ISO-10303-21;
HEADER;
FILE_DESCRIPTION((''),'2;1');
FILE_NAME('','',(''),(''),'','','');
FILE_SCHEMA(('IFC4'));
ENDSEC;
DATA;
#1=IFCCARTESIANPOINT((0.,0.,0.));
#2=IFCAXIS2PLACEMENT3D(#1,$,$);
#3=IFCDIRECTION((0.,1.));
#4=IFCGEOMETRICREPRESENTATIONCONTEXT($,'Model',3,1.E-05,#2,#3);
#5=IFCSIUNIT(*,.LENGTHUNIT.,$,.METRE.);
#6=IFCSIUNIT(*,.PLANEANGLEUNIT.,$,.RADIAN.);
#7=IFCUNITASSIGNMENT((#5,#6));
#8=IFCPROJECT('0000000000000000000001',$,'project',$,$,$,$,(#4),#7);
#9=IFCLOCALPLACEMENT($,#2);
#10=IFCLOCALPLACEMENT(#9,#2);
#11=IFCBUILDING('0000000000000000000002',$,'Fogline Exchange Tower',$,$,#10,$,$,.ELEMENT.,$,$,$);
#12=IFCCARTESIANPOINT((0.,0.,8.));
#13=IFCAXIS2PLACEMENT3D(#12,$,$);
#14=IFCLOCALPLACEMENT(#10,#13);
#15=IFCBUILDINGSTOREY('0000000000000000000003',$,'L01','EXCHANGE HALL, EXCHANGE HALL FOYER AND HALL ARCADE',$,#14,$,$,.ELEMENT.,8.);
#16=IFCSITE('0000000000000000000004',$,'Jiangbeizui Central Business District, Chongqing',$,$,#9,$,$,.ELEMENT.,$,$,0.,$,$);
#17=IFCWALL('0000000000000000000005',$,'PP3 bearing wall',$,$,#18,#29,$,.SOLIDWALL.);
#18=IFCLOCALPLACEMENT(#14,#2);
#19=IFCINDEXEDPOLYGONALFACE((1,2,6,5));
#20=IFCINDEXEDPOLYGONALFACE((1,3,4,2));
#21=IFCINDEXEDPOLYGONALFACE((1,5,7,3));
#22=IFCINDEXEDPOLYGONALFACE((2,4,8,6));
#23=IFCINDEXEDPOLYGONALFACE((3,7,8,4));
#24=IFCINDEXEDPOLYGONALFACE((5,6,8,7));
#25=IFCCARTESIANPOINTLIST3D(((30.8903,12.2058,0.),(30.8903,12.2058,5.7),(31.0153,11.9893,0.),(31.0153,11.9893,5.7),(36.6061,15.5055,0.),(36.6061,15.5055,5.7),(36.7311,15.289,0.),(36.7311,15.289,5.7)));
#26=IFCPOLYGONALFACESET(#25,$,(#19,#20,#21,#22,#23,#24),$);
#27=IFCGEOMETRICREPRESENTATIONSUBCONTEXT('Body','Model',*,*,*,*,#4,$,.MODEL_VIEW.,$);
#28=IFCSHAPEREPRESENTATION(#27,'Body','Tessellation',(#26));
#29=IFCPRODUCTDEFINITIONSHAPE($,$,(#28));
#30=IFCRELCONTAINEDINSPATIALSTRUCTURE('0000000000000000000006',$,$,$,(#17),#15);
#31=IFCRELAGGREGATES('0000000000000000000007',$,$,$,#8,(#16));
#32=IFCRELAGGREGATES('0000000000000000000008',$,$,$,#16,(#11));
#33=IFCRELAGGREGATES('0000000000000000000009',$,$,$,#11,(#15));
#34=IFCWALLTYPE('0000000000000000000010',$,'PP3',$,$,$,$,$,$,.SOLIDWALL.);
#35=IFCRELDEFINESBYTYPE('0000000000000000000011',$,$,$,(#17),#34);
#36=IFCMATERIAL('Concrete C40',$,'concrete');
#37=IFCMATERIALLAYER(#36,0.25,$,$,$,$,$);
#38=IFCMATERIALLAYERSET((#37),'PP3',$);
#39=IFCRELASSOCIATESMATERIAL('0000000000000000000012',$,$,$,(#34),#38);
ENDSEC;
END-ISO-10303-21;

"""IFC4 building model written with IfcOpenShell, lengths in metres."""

from ifc_helpers import new_model, si_unit, direction, frame, frame_2d, origin, place, context, subcontext, project, spatial, rectangle, extrude, material, layer, layer_set, type_object, element, save


model = new_model("IFC4")

# Units and contexts
model_context = context("Model", 3, precision=1e-05, world=origin(), true_north=direction((0.0, 1.0)))
body_context = subcontext(model_context, "Body", "Model", "MODEL_VIEW")
ifc_project = project(units=[si_unit("LENGTHUNIT", "METRE"), si_unit("PLANEANGLEUNIT", "RADIAN")], contexts=[model_context])

# Site, building, storey
site_placement = place(None, origin())
site = spatial("IfcSite", under=ifc_project, at=site_placement, Name="Jiangbeizui Central Business District, Chongqing", CompositionType="ELEMENT", RefElevation=0.0)
building_placement = place(site_placement, origin())
building = spatial("IfcBuilding", under=site, at=building_placement, Name="Fogline Exchange Tower", CompositionType="ELEMENT")
storey_placement = place(building_placement, frame((0.0, 0.0, 8.0)))
storey = spatial("IfcBuildingStorey", under=building, at=storey_placement, Name="L01", Description="EXCHANGE HALL, EXCHANGE HALL FOYER AND HALL ARCADE", CompositionType="ELEMENT", Elevation=8.0)

# Shared definitions
ifc_material_1 = material(Name="Concrete C40", Category="concrete")

# Wall
ifc_layer_1 = layer(ifc_material_1, 0.25)
ifc_layer_set_1 = layer_set([ifc_layer_1], Name="PP3")
wall_type_1 = type_object("IfcWallType", Name="PP3", PredefinedType="SOLIDWALL", material=ifc_layer_set_1)
wall_1_placement = place(storey_placement, frame((36.6685, 15.3972, 0.0), z_axis=(0.0, 0.0, 1.0), x_axis=(-0.86604, -0.499974, 0.0)))
element("IfcWall", 1, at=wall_1_placement, inside=storey, type_object=wall_type_1, Name="PP3 bearing wall", PredefinedType="SOLIDWALL", context=body_context, shape_type="SweptSolid", body=[
    extrude(rectangle(XDim=6.5999, YDim=0.25, at=frame_2d((3.2998, 0.0))), origin(), (0.0, 0.0, 1.0), 5.7),
])

save(model, "model.ifc")
